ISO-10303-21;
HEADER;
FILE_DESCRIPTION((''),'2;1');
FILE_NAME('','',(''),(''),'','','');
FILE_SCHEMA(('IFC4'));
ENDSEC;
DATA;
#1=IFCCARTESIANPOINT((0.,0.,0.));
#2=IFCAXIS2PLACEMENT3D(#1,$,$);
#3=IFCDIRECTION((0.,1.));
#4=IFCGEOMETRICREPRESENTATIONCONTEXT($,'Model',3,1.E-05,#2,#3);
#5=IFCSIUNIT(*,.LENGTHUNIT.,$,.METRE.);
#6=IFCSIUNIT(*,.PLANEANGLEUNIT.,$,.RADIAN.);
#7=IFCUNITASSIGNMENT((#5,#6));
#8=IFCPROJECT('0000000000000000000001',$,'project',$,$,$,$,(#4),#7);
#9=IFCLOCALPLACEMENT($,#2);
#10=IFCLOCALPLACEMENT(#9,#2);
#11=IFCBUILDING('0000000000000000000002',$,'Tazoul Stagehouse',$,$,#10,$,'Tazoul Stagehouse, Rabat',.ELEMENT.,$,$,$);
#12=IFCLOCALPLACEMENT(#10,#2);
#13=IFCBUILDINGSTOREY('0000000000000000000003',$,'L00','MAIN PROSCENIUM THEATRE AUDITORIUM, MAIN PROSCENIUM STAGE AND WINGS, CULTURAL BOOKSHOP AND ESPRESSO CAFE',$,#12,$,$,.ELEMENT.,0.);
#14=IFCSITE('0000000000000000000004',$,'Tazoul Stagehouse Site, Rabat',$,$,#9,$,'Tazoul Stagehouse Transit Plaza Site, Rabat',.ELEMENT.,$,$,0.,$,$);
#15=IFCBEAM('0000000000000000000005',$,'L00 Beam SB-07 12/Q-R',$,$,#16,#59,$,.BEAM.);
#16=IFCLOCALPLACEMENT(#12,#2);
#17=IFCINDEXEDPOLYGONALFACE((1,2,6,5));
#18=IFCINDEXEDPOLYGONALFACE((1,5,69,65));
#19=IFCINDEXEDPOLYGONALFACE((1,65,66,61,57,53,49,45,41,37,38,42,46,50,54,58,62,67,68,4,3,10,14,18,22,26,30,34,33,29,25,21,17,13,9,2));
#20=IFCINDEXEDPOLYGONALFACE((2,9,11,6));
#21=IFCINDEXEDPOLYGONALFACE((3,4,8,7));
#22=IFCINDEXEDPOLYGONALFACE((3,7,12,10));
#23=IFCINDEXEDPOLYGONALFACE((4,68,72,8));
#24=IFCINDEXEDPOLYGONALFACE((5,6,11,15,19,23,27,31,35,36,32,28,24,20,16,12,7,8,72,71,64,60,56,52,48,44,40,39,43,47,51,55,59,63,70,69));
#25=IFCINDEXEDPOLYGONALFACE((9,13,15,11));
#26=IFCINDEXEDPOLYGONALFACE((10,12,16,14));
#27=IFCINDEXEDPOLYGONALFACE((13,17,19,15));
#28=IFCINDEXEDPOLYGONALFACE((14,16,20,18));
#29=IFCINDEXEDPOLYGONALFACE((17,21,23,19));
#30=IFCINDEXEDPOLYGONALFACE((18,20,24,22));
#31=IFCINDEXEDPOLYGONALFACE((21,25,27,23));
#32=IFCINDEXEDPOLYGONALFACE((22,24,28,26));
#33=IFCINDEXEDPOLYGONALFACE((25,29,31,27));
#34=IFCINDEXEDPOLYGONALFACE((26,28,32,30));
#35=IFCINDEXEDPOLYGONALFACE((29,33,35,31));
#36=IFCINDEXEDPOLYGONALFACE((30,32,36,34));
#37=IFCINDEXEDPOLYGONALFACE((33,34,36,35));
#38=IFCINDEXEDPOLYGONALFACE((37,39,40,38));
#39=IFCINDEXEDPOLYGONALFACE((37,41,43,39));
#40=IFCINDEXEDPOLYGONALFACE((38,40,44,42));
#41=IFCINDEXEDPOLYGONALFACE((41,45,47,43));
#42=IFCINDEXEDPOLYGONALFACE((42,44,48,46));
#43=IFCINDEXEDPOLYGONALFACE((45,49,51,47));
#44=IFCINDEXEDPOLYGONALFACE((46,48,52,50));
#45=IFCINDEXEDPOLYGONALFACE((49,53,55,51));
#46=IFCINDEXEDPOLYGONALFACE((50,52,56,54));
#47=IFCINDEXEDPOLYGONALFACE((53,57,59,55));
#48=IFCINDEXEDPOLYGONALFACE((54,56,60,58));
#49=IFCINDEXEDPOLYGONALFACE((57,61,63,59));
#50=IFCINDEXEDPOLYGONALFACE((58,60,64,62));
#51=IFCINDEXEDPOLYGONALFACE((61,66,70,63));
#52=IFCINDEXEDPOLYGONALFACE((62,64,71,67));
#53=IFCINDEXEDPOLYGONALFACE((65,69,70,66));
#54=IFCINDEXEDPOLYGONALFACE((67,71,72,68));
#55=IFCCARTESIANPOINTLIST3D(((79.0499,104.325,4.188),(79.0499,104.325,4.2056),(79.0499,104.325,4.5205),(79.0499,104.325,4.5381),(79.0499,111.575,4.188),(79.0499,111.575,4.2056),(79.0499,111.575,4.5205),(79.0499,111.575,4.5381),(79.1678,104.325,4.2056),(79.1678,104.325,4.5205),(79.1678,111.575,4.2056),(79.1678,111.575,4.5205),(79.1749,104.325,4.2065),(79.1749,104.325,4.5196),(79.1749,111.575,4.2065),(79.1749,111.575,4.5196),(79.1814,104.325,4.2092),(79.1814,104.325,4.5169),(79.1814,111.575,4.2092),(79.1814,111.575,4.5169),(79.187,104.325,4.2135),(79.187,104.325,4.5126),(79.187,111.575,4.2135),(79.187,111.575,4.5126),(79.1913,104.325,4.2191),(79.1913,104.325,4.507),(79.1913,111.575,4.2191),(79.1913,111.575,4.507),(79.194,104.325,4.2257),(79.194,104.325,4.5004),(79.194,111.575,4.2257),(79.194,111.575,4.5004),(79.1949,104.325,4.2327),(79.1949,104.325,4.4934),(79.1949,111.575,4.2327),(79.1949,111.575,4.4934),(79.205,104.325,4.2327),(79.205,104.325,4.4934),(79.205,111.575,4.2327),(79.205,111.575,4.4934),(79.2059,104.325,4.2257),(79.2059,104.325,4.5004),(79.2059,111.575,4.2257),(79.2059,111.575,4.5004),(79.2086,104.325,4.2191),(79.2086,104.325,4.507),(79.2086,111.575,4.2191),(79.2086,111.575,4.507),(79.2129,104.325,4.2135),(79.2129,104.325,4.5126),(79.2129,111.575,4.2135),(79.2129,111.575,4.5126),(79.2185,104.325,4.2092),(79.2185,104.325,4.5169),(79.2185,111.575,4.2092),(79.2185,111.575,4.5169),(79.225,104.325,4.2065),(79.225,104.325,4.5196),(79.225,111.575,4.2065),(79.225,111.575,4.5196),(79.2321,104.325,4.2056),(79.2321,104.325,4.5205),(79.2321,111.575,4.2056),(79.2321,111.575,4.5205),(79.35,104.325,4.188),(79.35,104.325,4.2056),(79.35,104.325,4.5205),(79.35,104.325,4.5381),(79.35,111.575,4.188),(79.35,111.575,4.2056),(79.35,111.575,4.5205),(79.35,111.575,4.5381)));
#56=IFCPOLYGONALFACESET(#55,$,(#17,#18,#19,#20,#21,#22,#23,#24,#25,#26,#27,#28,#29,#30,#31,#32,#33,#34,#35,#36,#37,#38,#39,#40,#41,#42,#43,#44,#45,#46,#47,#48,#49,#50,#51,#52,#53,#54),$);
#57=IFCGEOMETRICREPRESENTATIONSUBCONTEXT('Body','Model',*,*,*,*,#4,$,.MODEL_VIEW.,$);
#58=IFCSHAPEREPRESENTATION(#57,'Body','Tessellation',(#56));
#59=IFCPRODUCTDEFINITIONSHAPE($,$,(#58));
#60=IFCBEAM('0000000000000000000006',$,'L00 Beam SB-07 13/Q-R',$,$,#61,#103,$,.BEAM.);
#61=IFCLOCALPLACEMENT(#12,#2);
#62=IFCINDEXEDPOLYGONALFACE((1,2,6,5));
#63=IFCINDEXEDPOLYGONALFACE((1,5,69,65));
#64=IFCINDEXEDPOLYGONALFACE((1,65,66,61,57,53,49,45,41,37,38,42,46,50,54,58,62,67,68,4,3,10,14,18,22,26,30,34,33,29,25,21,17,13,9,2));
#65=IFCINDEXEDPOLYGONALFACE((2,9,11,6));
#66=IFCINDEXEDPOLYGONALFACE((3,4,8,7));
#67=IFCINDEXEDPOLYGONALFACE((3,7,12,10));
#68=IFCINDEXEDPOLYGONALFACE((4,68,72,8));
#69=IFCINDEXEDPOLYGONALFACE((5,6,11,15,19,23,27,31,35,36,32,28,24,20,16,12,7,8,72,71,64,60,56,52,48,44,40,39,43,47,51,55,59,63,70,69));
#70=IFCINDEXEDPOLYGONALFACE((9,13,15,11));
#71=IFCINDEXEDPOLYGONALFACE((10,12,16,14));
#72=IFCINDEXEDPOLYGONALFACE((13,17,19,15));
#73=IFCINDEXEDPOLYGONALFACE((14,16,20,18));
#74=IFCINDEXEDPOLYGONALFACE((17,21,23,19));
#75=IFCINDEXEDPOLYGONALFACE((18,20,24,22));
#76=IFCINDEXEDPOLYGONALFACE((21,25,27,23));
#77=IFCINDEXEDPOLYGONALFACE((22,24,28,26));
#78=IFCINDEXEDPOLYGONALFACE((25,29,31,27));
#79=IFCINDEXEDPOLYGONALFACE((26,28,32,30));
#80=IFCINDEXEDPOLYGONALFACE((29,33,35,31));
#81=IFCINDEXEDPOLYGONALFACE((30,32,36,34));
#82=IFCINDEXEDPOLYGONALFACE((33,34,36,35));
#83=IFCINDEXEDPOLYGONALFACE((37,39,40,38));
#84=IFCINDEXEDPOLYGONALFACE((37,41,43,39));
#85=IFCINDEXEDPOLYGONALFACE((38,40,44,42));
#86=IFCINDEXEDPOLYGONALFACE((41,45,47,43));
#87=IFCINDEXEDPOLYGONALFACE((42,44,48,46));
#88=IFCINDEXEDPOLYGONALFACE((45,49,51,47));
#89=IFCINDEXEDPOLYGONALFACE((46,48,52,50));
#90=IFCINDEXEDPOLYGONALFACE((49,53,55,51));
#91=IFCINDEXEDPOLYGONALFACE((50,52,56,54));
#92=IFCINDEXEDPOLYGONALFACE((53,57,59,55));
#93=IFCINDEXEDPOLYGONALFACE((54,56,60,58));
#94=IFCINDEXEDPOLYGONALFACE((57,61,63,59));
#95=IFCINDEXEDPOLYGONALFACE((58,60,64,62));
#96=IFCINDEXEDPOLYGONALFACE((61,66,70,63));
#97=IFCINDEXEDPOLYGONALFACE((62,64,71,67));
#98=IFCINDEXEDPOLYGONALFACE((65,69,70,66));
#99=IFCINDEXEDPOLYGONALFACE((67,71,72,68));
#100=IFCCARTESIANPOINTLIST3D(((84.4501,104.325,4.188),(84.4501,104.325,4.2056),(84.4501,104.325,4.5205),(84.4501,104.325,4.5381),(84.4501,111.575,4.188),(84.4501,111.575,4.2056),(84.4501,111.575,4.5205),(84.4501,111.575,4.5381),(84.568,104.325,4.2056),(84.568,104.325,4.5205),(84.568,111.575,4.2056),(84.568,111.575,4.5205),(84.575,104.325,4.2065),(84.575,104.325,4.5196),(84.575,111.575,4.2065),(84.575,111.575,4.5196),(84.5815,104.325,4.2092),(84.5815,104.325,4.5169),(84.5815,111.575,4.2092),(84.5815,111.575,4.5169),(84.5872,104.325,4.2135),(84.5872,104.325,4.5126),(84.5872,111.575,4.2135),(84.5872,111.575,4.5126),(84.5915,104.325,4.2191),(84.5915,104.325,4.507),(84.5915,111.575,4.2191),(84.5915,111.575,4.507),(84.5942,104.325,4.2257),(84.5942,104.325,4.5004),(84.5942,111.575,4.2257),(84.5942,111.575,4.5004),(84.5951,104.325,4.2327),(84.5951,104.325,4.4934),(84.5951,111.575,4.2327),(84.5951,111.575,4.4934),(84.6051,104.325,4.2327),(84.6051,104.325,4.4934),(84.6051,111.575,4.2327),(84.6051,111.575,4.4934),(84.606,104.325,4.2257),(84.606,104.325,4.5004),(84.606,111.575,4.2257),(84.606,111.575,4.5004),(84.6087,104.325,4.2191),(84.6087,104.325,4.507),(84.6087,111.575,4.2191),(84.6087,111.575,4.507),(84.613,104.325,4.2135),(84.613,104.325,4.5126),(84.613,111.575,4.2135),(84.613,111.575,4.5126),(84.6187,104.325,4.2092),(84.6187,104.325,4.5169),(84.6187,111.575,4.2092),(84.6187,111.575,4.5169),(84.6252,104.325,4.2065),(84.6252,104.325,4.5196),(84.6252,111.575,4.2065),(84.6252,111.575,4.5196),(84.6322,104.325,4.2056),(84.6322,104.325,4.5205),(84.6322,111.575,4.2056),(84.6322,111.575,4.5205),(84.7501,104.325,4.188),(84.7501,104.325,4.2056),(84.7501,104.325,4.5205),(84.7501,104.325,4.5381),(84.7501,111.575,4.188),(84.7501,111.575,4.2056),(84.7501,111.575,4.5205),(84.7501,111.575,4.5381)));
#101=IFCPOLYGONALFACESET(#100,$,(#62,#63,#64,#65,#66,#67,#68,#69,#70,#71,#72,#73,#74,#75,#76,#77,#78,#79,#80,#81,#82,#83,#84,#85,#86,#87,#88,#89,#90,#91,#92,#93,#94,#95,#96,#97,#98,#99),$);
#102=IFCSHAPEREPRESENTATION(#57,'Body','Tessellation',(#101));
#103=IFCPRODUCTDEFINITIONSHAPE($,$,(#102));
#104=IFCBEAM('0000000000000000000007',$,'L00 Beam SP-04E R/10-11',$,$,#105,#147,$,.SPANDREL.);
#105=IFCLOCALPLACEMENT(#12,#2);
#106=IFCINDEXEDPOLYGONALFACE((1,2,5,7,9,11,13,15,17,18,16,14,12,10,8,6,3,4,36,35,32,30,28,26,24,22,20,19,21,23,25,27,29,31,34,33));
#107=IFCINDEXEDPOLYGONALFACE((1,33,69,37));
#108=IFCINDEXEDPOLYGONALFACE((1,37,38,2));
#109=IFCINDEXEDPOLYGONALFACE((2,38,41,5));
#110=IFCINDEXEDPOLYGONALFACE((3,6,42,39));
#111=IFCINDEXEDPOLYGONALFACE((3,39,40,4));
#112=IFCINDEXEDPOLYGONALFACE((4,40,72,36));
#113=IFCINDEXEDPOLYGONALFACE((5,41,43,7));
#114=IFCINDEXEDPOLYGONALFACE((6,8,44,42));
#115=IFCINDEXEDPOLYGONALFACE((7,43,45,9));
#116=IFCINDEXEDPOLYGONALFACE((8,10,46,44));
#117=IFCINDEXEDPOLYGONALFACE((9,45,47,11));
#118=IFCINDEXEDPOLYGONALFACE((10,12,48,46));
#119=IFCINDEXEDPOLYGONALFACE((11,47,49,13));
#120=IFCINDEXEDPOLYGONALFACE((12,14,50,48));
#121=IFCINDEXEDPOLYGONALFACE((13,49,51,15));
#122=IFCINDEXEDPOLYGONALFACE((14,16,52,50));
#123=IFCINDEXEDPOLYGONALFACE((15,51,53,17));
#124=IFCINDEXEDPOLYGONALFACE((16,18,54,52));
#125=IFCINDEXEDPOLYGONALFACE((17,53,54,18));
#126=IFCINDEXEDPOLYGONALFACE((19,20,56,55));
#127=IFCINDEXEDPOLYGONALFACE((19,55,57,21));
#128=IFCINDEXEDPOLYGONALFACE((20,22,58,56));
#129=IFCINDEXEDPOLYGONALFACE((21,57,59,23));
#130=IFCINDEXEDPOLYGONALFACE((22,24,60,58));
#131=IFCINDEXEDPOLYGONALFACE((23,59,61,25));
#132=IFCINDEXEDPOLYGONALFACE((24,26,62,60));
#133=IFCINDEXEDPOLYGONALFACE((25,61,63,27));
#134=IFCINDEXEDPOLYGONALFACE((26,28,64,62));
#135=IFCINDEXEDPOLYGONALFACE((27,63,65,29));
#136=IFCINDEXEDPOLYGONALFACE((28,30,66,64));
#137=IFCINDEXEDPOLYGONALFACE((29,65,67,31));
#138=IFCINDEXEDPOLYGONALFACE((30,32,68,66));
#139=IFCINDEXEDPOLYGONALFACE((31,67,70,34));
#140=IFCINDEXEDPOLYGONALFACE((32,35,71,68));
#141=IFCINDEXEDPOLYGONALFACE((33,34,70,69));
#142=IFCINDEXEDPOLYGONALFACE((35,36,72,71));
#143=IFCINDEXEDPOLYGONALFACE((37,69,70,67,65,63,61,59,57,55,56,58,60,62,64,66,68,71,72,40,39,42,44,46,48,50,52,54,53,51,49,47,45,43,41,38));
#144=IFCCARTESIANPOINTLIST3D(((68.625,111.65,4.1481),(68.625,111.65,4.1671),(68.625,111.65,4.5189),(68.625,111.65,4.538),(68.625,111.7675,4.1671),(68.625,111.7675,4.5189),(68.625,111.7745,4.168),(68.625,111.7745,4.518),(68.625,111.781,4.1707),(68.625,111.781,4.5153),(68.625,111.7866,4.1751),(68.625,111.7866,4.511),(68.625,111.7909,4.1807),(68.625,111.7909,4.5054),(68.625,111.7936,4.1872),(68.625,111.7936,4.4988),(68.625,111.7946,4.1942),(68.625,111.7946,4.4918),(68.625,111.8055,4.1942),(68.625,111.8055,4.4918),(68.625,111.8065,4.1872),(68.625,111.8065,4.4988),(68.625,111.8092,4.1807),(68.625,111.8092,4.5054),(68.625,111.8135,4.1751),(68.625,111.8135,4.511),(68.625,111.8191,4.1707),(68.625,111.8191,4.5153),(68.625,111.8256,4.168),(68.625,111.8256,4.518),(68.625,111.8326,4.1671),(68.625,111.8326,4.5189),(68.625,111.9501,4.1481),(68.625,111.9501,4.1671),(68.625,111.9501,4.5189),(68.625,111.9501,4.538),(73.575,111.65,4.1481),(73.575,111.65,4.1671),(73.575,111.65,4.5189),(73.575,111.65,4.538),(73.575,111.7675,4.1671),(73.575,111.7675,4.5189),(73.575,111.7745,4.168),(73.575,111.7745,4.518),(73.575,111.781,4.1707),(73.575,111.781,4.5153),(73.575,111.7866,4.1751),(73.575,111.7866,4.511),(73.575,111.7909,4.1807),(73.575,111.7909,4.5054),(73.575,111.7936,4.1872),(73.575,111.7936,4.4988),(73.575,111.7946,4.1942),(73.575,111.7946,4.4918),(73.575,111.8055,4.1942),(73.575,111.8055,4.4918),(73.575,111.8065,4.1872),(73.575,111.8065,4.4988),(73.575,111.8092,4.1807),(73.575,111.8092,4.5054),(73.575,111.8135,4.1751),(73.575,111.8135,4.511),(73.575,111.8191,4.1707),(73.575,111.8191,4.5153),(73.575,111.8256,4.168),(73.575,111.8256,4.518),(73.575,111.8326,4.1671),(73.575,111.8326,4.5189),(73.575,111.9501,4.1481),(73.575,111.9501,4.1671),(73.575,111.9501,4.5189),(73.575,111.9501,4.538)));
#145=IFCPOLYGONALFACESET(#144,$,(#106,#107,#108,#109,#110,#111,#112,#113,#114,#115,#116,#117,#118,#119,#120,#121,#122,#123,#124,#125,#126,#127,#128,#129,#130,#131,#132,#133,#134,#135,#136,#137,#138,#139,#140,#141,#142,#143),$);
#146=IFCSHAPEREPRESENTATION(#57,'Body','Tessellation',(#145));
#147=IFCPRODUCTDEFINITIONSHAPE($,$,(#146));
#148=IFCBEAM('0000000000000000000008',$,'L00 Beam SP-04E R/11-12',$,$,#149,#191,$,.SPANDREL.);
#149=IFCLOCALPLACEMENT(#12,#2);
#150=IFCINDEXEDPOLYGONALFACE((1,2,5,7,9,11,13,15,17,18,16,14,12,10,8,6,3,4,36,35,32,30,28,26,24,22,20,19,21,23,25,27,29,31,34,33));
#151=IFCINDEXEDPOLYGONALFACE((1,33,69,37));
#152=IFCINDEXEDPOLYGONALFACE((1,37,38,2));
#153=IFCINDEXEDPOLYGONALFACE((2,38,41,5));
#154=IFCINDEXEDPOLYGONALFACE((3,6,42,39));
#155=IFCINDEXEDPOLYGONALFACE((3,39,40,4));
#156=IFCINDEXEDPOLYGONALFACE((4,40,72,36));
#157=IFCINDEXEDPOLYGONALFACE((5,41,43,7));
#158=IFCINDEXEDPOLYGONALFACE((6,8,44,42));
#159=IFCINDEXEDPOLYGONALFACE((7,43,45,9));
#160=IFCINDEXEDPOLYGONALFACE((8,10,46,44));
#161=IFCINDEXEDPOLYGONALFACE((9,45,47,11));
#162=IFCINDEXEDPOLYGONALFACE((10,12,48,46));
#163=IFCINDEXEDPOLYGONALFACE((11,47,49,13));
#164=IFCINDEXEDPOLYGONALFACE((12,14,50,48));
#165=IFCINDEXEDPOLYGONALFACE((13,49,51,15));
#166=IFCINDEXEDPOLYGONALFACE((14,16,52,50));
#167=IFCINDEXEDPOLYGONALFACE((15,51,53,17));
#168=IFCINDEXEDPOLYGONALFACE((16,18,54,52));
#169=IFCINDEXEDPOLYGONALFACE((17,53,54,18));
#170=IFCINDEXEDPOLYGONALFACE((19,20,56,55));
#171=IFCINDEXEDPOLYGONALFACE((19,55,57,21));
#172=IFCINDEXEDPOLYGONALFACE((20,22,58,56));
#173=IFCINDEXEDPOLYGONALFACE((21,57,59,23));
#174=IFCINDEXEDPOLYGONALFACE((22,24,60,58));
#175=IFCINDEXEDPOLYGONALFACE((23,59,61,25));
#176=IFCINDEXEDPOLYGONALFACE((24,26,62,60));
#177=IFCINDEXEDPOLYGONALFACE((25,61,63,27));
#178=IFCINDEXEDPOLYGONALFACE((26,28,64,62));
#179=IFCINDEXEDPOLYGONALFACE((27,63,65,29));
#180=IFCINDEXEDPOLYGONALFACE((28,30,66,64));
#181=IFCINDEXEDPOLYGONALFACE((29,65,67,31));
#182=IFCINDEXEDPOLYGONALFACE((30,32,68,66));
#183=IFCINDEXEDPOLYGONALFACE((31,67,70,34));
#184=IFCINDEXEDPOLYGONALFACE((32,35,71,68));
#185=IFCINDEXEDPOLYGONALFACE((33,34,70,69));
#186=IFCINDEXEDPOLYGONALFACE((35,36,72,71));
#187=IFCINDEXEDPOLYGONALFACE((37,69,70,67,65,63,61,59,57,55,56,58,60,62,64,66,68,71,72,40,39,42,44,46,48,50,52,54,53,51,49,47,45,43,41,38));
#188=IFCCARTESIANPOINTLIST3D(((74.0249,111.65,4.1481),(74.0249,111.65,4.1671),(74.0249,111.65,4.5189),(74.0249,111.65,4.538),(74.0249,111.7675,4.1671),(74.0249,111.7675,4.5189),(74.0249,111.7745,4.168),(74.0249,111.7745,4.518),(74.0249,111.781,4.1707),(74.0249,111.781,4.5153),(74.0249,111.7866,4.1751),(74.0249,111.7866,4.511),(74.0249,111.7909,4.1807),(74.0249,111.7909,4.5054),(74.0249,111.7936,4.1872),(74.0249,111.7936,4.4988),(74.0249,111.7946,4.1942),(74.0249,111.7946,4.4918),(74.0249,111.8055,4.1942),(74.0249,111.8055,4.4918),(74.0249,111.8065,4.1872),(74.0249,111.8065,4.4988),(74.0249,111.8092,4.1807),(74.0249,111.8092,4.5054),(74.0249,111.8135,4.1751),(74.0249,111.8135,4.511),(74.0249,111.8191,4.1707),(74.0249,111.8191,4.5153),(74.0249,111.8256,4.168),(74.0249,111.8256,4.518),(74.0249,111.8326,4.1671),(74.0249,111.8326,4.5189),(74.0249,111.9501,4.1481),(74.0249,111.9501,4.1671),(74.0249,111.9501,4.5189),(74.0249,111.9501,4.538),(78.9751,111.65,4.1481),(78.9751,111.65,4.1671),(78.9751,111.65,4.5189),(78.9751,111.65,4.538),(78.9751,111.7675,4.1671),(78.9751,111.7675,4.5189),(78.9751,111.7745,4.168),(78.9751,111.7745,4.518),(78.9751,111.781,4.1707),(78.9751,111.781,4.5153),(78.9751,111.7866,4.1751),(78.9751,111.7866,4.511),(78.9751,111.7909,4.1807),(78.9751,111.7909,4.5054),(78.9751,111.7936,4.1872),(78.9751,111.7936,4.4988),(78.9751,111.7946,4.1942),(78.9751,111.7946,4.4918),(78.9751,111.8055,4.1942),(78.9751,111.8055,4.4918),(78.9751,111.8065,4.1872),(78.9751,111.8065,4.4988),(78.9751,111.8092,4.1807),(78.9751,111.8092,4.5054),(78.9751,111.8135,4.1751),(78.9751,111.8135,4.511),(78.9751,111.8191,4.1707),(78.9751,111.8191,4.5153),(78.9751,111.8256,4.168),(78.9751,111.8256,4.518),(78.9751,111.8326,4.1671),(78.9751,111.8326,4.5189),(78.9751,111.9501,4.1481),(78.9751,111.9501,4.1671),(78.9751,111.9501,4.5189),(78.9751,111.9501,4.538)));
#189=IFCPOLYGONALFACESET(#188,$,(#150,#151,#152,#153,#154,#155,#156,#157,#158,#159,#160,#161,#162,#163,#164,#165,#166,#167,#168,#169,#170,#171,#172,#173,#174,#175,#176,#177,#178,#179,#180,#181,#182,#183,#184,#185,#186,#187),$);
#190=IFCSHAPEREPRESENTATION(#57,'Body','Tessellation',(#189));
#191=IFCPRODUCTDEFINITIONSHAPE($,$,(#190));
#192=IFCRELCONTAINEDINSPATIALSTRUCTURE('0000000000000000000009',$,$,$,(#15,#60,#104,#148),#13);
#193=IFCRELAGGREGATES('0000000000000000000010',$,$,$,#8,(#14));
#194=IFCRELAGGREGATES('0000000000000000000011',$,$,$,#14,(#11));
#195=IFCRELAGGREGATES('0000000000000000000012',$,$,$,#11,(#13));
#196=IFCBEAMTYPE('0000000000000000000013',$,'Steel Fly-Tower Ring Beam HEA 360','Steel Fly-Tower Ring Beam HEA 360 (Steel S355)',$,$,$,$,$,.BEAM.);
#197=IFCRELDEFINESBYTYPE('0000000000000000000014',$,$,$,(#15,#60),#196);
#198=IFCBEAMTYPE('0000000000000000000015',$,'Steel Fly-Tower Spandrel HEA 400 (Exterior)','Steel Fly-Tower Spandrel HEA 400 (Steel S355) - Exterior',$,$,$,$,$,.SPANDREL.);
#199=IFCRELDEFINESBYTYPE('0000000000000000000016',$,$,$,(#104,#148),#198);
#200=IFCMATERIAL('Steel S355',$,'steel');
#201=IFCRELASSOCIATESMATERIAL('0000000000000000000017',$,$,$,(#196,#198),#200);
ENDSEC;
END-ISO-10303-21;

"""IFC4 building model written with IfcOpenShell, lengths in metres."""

from ifc_helpers import new_model, si_unit, direction, frame, origin, origin_2d, place, context, subcontext, project, spatial, i_section, extrude, material, material_profile, profile_set, type_object, element, save


model = new_model("IFC4")

# Units and contexts
model_context = context("Model", 3, precision=1e-05, world=origin(), true_north=direction((0.0, 1.0)))
body_context = subcontext(model_context, "Body", "Model", "MODEL_VIEW")
ifc_project = project(units=[si_unit("LENGTHUNIT", "METRE"), si_unit("PLANEANGLEUNIT", "RADIAN")], contexts=[model_context])

# Site, building, storey
site_placement = place(None, origin())
site = spatial("IfcSite", under=ifc_project, at=site_placement, Name="Tazoul Stagehouse Site, Rabat", LongName="Tazoul Stagehouse Transit Plaza Site, Rabat", CompositionType="ELEMENT", RefElevation=0.0)
building_placement = place(site_placement, origin())
building = spatial("IfcBuilding", under=site, at=building_placement, Name="Tazoul Stagehouse", LongName="Tazoul Stagehouse, Rabat", CompositionType="ELEMENT")
storey_placement = place(building_placement, origin())
storey = spatial("IfcBuildingStorey", under=building, at=storey_placement, Name="L00", Description="MAIN PROSCENIUM THEATRE AUDITORIUM, MAIN PROSCENIUM STAGE AND WINGS, CULTURAL BOOKSHOP AND ESPRESSO CAFE", CompositionType="ELEMENT", Elevation=0.0)

# Beams
ifc_material_1 = material(Name="Steel S355", Category="steel")
ifc_material_profile_1 = material_profile(ifc_material_1, i_section(OverallWidth=0.3, OverallDepth=0.3501, WebThickness=0.01, FlangeThickness=0.0176, FilletRadius=0.0271, at=origin_2d()), Name="HEA 360")
ifc_profile_set_1 = profile_set([ifc_material_profile_1], Name="Steel S355")
beam_type_1 = type_object("IfcBeamType", Name="Steel Fly-Tower Ring Beam HEA 360", Description="Steel Fly-Tower Ring Beam HEA 360 (Steel S355)", PredefinedType="BEAM", material=ifc_profile_set_1)
for number, where, z_axis, x_axis, name in (
    (1, (79.2, 104.325, 4.363), (0.0, 1.0, 0.0), (-1.0, 0.0, 0.0), "L00 Beam SB-07 12/Q-R"),
    (2, (84.6001, 104.325, 4.363), (0.0, 1.0, 0.0), (-1.0, 0.0, 0.0), "L00 Beam SB-07 13/Q-R"),
):
    element("IfcBeam", number, at=place(storey_placement, frame(where, z_axis=z_axis, x_axis=x_axis)), inside=storey, type_object=beam_type_1, Name=name, PredefinedType="BEAM", context=body_context, shape_type="SweptSolid", body=[
        extrude(i_section(OverallWidth=0.3, OverallDepth=0.3501, WebThickness=0.01, FlangeThickness=0.0176, FilletRadius=0.0271, at=origin_2d()), origin(), (0.0, 0.0, 1.0), 7.25),
    ])
ifc_material_profile_2 = material_profile(ifc_material_1, i_section(OverallWidth=0.3, OverallDepth=0.3899, WebThickness=0.011, FlangeThickness=0.019, FilletRadius=0.0271, at=origin_2d()), Name="HEA 400")
ifc_profile_set_2 = profile_set([ifc_material_profile_2], Name="Steel S355")
beam_type_2 = type_object("IfcBeamType", Name="Steel Fly-Tower Spandrel HEA 400 (Exterior)", Description="Steel Fly-Tower Spandrel HEA 400 (Steel S355) - Exterior", PredefinedType="SPANDREL", material=ifc_profile_set_2)
beam_1_placement = place(storey_placement, frame((68.625, 111.8, 4.343), z_axis=(1.0, 0.0, 0.0), x_axis=(0.0, 1.0, 0.0)))
element("IfcBeam", 3, at=beam_1_placement, inside=storey, type_object=beam_type_2, Name="L00 Beam SP-04E R/10-11", PredefinedType="SPANDREL", context=body_context, shape_type="SweptSolid", body=[
    extrude(i_section(OverallWidth=0.3, OverallDepth=0.3899, WebThickness=0.011, FlangeThickness=0.019, FilletRadius=0.0271, at=origin_2d()), origin(), (0.0, 0.0, 1.0), 4.95),
])
beam_2_placement = place(storey_placement, frame((74.0249, 111.8, 4.343), z_axis=(1.0, 0.0, 0.0), x_axis=(0.0, 1.0, 0.0)))
element("IfcBeam", 4, at=beam_2_placement, inside=storey, type_object=beam_type_2, Name="L00 Beam SP-04E R/11-12", PredefinedType="SPANDREL", context=body_context, shape_type="SweptSolid", body=[
    extrude(i_section(OverallWidth=0.3, OverallDepth=0.3899, WebThickness=0.011, FlangeThickness=0.019, FilletRadius=0.0271, at=origin_2d()), origin(), (0.0, 0.0, 1.0), 4.9502),
])

save(model, "model.ifc")
